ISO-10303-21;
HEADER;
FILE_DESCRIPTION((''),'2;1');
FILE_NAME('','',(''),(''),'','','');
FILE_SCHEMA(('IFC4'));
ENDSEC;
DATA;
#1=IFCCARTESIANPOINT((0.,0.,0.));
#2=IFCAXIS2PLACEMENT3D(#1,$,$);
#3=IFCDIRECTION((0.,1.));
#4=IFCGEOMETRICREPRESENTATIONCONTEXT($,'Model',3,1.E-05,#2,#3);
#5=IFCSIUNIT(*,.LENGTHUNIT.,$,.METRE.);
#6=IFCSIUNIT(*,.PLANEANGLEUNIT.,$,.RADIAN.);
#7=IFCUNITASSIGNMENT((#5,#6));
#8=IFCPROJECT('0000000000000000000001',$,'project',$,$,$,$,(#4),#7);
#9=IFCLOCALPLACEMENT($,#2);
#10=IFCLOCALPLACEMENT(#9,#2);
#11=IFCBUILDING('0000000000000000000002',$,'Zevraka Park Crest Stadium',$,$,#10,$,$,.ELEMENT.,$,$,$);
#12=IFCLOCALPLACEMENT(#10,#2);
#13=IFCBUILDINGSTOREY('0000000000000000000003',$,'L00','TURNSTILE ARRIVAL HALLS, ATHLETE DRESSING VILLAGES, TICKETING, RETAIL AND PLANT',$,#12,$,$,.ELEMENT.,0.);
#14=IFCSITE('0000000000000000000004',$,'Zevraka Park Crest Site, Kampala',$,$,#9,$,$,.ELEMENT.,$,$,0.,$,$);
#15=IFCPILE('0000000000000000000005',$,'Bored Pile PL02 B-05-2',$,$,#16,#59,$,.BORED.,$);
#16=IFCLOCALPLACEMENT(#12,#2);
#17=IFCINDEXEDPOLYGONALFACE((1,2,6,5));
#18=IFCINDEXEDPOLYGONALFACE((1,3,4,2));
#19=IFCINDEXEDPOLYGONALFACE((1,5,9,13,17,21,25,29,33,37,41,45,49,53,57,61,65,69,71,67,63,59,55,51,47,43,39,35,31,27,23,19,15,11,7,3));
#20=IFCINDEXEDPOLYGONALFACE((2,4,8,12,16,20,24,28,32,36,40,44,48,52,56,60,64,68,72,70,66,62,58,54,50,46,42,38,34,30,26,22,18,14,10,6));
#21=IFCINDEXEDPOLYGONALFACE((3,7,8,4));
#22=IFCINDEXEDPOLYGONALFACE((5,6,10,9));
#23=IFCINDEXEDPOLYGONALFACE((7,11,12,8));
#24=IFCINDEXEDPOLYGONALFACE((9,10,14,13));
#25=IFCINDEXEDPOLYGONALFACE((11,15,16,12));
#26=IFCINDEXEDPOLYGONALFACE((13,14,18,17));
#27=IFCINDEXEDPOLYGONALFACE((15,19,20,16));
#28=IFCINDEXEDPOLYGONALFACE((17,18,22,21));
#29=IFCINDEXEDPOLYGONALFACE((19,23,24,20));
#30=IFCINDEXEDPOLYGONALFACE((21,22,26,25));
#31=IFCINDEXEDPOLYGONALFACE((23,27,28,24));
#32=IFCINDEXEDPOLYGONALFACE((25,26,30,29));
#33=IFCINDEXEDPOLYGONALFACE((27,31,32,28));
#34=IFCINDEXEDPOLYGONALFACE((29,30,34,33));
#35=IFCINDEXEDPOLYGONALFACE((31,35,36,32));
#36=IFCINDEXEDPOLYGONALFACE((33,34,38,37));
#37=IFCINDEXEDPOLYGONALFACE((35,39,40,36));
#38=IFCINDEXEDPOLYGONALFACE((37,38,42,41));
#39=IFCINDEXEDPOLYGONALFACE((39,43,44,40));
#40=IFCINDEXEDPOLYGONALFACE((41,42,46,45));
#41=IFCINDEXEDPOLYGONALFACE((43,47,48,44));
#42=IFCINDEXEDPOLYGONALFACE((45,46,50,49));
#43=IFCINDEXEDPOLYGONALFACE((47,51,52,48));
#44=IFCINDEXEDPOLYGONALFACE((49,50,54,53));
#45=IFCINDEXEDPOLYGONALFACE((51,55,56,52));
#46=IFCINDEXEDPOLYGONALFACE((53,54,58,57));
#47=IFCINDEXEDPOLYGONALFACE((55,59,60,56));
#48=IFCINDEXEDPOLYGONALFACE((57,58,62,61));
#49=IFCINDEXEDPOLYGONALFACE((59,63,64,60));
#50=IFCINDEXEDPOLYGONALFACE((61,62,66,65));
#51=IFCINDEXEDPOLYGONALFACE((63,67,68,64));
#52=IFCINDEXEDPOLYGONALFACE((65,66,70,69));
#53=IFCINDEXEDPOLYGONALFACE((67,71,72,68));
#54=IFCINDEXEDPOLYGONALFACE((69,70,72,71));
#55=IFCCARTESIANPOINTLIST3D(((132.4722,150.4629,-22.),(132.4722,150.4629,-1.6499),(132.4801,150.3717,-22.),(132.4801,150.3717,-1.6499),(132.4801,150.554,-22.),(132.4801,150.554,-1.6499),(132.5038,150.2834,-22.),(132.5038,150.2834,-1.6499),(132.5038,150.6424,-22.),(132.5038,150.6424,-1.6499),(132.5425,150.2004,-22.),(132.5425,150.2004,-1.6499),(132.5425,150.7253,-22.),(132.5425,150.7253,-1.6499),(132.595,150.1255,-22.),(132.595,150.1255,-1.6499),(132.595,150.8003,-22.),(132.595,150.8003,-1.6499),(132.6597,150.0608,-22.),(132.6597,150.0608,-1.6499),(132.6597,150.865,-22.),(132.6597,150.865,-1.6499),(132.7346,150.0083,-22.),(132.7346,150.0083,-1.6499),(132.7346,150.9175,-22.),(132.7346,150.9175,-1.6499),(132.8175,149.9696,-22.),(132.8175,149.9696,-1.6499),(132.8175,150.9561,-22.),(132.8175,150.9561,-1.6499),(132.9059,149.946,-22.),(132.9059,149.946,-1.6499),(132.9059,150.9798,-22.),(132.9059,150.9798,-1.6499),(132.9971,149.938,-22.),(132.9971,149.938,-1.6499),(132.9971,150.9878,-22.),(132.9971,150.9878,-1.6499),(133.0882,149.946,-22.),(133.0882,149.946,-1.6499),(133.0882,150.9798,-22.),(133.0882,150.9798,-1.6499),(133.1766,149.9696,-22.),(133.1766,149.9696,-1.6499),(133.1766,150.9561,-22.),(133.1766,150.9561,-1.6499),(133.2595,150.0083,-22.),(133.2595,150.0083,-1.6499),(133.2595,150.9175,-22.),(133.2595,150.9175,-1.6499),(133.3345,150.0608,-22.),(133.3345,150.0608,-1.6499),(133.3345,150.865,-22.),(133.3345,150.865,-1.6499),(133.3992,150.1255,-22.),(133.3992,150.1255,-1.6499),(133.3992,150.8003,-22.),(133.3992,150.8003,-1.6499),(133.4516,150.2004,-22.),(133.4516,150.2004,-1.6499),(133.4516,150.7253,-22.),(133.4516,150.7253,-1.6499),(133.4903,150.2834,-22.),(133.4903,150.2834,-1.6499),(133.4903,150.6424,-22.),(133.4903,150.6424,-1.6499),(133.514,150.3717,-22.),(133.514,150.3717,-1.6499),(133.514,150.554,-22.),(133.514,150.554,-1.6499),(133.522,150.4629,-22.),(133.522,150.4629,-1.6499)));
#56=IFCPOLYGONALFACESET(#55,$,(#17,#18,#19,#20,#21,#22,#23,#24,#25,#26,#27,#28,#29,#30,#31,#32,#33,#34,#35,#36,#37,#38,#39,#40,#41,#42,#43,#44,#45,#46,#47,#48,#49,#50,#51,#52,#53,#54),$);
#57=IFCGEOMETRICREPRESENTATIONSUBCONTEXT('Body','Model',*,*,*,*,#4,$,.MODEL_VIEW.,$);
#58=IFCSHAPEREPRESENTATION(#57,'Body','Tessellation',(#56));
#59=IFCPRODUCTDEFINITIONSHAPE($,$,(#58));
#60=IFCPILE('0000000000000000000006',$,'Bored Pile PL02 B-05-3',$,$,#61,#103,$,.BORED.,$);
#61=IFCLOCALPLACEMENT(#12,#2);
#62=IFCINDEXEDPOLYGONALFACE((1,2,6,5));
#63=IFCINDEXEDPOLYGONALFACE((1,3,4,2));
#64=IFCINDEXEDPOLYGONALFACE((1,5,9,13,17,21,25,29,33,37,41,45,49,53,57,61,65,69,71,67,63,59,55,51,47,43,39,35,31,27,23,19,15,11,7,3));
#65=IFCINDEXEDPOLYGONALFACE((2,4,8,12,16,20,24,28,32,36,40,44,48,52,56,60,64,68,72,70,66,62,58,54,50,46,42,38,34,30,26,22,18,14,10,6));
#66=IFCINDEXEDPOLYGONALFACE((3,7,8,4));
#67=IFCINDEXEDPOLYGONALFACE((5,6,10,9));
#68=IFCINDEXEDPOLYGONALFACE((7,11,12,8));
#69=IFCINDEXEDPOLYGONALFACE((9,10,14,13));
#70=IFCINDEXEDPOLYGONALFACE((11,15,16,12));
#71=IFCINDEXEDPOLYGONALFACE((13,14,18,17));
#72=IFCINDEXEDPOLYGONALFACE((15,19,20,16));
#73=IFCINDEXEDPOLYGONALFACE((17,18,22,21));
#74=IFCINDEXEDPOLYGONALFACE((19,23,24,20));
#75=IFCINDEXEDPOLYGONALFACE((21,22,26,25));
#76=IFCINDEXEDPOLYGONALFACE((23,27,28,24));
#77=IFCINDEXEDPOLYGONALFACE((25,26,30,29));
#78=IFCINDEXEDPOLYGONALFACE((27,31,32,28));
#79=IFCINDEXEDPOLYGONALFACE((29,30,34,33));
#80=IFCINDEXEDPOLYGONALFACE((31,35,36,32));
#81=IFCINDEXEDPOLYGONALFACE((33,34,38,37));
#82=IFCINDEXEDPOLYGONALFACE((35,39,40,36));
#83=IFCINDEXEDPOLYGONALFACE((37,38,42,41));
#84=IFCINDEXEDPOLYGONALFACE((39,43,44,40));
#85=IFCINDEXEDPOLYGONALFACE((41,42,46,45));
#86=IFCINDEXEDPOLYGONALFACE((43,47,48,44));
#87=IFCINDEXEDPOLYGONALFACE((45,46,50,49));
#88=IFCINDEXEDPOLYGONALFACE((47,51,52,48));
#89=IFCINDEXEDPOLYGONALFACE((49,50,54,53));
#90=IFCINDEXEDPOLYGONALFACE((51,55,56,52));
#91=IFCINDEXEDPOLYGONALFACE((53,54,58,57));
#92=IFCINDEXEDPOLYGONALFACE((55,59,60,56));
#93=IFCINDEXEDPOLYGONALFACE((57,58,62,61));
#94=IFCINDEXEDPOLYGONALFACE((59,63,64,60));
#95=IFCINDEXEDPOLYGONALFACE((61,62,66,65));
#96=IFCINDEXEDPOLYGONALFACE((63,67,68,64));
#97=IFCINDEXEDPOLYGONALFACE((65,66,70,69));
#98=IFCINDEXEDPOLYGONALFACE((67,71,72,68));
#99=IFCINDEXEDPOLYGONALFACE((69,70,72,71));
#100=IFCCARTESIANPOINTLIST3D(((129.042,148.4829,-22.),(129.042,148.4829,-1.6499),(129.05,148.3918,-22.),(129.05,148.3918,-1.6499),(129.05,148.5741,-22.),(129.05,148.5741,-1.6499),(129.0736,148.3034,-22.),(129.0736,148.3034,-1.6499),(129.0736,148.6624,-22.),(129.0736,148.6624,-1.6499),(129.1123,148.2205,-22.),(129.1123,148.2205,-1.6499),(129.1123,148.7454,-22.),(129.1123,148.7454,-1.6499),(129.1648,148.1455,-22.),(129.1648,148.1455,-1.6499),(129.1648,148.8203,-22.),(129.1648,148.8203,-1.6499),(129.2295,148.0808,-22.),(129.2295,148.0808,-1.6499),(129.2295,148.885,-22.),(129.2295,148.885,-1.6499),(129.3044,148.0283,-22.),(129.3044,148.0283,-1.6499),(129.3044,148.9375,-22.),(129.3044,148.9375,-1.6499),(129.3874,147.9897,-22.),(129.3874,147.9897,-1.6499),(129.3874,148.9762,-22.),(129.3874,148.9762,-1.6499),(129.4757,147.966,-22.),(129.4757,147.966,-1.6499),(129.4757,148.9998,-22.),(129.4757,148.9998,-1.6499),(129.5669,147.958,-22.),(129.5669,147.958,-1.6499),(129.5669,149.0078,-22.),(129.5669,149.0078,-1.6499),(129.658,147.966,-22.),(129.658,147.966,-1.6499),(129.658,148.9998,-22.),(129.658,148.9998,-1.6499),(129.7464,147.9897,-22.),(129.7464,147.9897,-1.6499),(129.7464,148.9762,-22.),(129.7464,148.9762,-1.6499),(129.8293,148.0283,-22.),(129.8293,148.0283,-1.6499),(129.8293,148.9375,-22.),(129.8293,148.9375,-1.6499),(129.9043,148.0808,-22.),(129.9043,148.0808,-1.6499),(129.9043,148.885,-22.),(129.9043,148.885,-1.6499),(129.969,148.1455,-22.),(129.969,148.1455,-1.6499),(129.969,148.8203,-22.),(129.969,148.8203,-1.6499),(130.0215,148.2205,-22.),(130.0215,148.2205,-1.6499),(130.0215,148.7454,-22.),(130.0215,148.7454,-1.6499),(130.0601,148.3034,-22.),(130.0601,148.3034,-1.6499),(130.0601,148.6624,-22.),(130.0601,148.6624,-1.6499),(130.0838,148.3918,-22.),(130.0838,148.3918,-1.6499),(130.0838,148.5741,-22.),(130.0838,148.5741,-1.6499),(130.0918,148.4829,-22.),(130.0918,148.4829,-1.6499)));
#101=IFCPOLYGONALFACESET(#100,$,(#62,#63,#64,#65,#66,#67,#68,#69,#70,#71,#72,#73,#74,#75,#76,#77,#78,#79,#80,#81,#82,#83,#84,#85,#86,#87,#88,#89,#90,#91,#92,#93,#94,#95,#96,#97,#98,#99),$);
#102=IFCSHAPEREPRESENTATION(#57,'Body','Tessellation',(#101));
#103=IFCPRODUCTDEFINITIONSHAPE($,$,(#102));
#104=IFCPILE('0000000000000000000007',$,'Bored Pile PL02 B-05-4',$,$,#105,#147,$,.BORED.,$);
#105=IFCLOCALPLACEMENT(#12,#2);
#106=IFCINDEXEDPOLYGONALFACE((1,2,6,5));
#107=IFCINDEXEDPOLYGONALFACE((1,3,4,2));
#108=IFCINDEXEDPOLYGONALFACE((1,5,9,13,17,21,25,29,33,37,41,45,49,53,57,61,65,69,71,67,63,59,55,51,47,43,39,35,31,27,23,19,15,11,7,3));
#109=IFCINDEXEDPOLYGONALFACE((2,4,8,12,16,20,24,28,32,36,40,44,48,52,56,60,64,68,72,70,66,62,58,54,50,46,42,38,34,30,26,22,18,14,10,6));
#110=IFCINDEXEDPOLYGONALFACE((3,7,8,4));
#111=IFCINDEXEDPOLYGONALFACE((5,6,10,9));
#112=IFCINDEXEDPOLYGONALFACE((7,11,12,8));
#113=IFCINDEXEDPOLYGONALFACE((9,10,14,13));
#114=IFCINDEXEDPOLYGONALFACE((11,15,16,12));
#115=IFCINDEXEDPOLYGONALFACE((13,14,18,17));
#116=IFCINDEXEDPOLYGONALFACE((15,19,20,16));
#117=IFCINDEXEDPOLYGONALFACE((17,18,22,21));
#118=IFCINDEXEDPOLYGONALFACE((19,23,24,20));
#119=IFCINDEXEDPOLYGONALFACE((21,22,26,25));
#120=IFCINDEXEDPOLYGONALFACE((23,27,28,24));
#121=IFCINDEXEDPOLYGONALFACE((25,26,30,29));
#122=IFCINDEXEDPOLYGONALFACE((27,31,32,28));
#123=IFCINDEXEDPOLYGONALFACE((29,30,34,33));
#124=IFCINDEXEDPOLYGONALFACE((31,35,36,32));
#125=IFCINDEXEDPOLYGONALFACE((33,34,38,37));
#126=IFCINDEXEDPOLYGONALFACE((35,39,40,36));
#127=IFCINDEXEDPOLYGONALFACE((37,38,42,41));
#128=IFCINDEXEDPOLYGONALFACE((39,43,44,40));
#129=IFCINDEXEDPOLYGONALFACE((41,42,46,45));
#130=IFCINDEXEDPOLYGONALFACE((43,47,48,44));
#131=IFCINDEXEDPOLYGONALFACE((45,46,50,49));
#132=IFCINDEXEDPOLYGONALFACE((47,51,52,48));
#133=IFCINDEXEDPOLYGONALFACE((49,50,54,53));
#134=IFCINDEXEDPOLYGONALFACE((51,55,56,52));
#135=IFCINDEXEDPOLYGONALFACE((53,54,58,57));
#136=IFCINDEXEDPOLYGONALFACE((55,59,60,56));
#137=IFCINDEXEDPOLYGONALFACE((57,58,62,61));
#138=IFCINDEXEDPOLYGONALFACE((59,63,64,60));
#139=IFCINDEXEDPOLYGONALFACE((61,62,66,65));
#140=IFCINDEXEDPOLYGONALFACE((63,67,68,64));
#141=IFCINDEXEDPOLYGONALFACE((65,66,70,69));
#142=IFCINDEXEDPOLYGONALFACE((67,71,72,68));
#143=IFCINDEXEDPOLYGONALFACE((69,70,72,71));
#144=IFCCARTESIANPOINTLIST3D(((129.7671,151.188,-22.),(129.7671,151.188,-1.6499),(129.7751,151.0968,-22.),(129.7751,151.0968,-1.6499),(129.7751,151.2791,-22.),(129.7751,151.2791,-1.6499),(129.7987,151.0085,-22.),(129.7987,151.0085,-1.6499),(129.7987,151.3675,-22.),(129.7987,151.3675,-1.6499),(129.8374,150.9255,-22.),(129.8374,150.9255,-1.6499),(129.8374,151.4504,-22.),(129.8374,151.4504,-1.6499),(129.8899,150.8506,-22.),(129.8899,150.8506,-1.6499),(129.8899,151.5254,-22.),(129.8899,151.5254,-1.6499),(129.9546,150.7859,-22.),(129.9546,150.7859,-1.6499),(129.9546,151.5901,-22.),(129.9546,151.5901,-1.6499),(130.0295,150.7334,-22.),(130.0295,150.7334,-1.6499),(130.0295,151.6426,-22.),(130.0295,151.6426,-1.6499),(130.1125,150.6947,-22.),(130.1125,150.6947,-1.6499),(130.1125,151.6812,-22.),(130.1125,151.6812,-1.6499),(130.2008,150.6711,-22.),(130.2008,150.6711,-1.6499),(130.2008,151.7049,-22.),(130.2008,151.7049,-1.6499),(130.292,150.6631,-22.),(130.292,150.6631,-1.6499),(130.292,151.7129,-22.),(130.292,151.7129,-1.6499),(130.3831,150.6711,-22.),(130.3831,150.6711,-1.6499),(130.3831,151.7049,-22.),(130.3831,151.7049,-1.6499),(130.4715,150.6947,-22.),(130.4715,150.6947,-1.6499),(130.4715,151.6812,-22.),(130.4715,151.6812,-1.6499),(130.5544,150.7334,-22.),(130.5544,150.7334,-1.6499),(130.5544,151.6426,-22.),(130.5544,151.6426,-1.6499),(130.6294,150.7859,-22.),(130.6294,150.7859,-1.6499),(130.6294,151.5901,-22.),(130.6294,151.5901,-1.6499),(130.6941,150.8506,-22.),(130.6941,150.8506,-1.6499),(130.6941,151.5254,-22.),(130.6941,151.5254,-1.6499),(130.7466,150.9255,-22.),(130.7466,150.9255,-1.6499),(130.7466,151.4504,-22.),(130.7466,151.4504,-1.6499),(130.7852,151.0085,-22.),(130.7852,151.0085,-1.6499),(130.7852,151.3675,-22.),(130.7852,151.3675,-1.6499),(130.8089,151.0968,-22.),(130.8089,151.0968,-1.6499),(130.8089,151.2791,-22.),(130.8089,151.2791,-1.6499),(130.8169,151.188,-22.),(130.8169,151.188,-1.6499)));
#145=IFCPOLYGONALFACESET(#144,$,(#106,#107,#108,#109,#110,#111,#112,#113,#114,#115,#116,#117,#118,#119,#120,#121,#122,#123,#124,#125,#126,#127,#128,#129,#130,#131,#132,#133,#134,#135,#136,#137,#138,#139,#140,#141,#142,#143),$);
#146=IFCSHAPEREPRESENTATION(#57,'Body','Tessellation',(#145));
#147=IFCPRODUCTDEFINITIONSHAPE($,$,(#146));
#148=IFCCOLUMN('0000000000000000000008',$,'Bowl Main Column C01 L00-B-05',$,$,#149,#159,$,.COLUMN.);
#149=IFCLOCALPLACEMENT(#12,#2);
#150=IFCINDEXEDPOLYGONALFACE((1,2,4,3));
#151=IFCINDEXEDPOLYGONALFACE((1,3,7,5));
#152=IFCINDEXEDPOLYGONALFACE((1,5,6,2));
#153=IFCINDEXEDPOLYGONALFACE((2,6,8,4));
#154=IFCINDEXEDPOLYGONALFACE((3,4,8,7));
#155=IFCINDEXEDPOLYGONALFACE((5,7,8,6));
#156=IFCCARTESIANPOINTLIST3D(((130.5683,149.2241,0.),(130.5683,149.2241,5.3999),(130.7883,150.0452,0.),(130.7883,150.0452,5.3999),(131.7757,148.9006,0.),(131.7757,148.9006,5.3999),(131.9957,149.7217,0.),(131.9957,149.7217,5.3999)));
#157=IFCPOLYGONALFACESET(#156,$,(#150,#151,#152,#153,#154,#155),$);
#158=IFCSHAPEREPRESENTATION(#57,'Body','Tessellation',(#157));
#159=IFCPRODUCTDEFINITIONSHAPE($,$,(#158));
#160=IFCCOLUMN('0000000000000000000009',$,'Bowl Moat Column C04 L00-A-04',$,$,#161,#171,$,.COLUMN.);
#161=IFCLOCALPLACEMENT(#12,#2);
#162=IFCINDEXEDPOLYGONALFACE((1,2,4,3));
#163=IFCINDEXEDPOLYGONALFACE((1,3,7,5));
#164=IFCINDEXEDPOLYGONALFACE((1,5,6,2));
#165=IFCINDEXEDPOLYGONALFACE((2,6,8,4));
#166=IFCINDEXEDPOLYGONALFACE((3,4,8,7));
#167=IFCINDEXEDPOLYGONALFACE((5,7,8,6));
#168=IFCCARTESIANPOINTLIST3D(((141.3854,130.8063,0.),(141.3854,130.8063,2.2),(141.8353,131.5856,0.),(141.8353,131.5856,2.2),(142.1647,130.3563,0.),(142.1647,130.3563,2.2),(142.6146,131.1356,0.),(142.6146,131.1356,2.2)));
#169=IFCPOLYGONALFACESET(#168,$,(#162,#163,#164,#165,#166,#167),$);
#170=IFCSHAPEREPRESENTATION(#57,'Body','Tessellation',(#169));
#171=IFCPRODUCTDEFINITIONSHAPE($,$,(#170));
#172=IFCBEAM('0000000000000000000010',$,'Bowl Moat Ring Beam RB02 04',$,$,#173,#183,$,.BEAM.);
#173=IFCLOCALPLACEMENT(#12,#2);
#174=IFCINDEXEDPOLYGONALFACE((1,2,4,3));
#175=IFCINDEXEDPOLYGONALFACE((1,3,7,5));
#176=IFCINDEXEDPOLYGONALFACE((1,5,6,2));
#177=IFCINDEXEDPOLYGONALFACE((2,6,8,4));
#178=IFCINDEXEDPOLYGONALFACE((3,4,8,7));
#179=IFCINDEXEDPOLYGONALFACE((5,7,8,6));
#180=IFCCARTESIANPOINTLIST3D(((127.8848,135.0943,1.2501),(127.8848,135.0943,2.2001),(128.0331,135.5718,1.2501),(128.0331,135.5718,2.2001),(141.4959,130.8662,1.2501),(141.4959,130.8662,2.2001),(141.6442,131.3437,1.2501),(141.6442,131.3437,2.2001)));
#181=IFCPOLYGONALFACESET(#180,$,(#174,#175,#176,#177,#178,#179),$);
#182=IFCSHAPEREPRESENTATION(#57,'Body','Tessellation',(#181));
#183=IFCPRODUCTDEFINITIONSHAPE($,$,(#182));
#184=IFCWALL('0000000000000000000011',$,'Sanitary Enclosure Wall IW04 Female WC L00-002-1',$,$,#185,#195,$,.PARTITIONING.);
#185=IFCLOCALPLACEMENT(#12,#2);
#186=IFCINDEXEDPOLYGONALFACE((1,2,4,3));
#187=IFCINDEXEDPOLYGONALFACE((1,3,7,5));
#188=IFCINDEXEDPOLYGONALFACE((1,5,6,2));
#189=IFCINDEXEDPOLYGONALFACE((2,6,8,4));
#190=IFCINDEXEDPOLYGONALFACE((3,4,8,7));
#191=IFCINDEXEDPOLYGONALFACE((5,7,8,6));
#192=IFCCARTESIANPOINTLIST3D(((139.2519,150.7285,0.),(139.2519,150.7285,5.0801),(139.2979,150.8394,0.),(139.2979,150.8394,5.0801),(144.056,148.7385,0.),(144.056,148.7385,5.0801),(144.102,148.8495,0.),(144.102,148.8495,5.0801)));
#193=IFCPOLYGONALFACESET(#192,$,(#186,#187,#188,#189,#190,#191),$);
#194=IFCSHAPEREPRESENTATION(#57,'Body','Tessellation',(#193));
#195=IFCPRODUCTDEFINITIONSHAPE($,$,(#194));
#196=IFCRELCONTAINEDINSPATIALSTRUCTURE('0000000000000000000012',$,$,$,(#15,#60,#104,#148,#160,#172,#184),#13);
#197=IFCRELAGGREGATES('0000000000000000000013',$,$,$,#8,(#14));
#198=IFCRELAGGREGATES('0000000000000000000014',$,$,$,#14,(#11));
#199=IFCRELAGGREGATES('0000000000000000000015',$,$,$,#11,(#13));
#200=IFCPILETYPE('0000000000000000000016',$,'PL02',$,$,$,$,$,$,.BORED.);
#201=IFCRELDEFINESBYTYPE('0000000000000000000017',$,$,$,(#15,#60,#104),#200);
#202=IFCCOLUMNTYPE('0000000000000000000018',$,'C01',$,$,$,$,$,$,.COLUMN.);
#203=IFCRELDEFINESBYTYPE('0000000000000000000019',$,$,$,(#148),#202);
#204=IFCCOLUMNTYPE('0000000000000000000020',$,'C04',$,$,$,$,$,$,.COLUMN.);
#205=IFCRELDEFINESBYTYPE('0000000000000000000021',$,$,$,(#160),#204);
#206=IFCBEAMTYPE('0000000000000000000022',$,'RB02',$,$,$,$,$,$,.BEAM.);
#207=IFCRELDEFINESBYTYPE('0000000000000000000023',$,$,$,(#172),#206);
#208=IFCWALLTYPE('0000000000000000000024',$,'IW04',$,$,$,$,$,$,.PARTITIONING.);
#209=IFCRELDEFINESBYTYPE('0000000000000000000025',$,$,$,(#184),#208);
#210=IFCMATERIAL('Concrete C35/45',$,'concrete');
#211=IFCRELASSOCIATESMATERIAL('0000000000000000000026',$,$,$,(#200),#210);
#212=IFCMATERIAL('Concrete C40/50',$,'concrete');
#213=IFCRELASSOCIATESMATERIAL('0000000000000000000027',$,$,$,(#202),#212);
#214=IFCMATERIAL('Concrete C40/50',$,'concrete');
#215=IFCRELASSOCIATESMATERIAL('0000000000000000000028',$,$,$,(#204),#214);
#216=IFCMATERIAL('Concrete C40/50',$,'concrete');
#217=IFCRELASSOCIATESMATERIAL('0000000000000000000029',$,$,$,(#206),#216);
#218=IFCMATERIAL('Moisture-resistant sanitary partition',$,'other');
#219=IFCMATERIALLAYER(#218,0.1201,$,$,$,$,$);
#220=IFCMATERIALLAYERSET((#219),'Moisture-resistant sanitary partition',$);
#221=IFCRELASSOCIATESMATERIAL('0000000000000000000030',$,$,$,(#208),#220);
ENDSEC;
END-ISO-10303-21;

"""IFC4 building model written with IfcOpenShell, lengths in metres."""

from ifc_helpers import new_model, si_unit, direction, frame, frame_2d, origin, origin_2d, place, context, subcontext, project, spatial, rectangle, circle, extrude, material, layer, layer_set, material_profile, profile_set, type_object, element, save


model = new_model("IFC4")

# Units and contexts
model_context = context("Model", 3, precision=1e-05, world=origin(), true_north=direction((0.0, 1.0)))
body_context = subcontext(model_context, "Body", "Model", "MODEL_VIEW")
ifc_project = project(units=[si_unit("LENGTHUNIT", "METRE"), si_unit("PLANEANGLEUNIT", "RADIAN")], contexts=[model_context])

# Site, building, storey
site_placement = place(None, origin())
site = spatial("IfcSite", under=ifc_project, at=site_placement, Name="Zevraka Park Crest Site, Kampala", CompositionType="ELEMENT", RefElevation=0.0)
building_placement = place(site_placement, origin())
building = spatial("IfcBuilding", under=site, at=building_placement, Name="Zevraka Park Crest Stadium", CompositionType="ELEMENT")
storey_placement = place(building_placement, origin())
storey = spatial("IfcBuildingStorey", under=building, at=storey_placement, Name="L00", Description="TURNSTILE ARRIVAL HALLS, ATHLETE DRESSING VILLAGES, TICKETING, RETAIL AND PLANT", CompositionType="ELEMENT", Elevation=0.0)

# Piles
ifc_material_1 = material(Name="Concrete C35/45", Category="concrete")
ifc_material_profile_1 = material_profile(ifc_material_1, circle(Radius=0.5249, at=origin_2d()), Name="PILE D1050")
ifc_profile_set_1 = profile_set([ifc_material_profile_1], Name="Concrete C35/45")
pile_type_1 = type_object("IfcPileType", Name="PL02", PredefinedType="BORED", material=ifc_profile_set_1)
for number, where, z_axis, x_axis, name in (
    (1, (132.9971, 150.4629, -1.6499), (0.0, 0.0, -1.0), (1.0, 0.0, 0.0), "Bored Pile PL02 B-05-2"),
    (2, (129.5669, 148.4829, -1.6499), (0.0, 0.0, -1.0), (1.0, 0.0, 0.0), "Bored Pile PL02 B-05-3"),
    (3, (130.292, 151.188, -1.6499), (0.0, 0.0, -1.0), (1.0, 0.0, 0.0), "Bored Pile PL02 B-05-4"),
):
    element("IfcPile", number, at=place(storey_placement, frame(where, z_axis=z_axis, x_axis=x_axis)), inside=storey, type_object=pile_type_1, Name=name, PredefinedType="BORED", context=body_context, shape_type="SweptSolid", body=[
        extrude(circle(Radius=0.5249, at=origin_2d()), origin(), (0.0, 0.0, 1.0), 20.3501),
    ])

# Columns
ifc_material_2 = material(Name="Concrete C40/50", Category="concrete")
ifc_material_profile_2 = material_profile(ifc_material_2, rectangle(XDim=0.8501, YDim=1.25, at=origin_2d()), Name="RC 1250x850")
ifc_profile_set_2 = profile_set([ifc_material_profile_2], Name="Concrete C40/50")
column_type_1 = type_object("IfcColumnType", Name="C01", PredefinedType="COLUMN", material=ifc_profile_set_2)
column_1_placement = place(storey_placement, frame((131.282, 149.4729, 0.0), z_axis=(0.0, 0.0, 1.0), x_axis=(0.258819, 0.965926, 0.0)))
element("IfcColumn", 4, at=column_1_placement, inside=storey, type_object=column_type_1, Name="Bowl Main Column C01 L00-B-05", PredefinedType="COLUMN", context=body_context, shape_type="SweptSolid", body=[
    extrude(rectangle(XDim=0.8501, YDim=1.25, at=origin_2d()), origin(), (0.0, 0.0, 1.0), 5.3999),
])
ifc_material_3 = material(Name="Concrete C40/50", Category="concrete")
ifc_material_profile_3 = material_profile(ifc_material_3, rectangle(XDim=0.8999, YDim=0.8999, at=origin_2d()), Name="RC 900x900")
ifc_profile_set_3 = profile_set([ifc_material_profile_3], Name="Concrete C40/50")
column_type_2 = type_object("IfcColumnType", Name="C04", PredefinedType="COLUMN", material=ifc_profile_set_3)
column_2_placement = place(storey_placement, frame((142.0, 130.9709, 0.0), z_axis=(0.0, 0.0, 1.0), x_axis=(0.5, 0.866025, 0.0)))
element("IfcColumn", 5, at=column_2_placement, inside=storey, type_object=column_type_2, Name="Bowl Moat Column C04 L00-A-04", PredefinedType="COLUMN", context=body_context, shape_type="SweptSolid", body=[
    extrude(rectangle(XDim=0.8999, YDim=0.8999, at=origin_2d()), origin(), (0.0, 0.0, 1.0), 2.2),
])

# Beam
ifc_material_4 = material(Name="Concrete C40/50", Category="concrete")
ifc_material_profile_4 = material_profile(ifc_material_4, rectangle(XDim=0.5, YDim=0.95, at=origin_2d()), Name="RC 950x500")
ifc_profile_set_4 = profile_set([ifc_material_profile_4], Name="Concrete C40/50")
beam_type = type_object("IfcBeamType", Name="RB02", PredefinedType="BEAM", material=ifc_profile_set_4)
beam_placement = place(storey_placement, frame((141.5701, 131.105, 1.7251), z_axis=(-0.954987, 0.296649, 0.0), x_axis=(-0.296649, -0.954987, 0.0)))
element("IfcBeam", 6, at=beam_placement, inside=storey, type_object=beam_type, Name="Bowl Moat Ring Beam RB02 04", PredefinedType="BEAM", context=body_context, shape_type="SweptSolid", body=[
    extrude(rectangle(XDim=0.5, YDim=0.95, at=origin_2d()), origin(), (0.0, 0.0, 1.0), 14.2527),
])

# Wall
ifc_material_5 = material(Name="Moisture-resistant sanitary partition", Category="other")
ifc_layer = layer(ifc_material_5, 0.1201)
ifc_layer_set = layer_set([ifc_layer], Name="Moisture-resistant sanitary partition")
wall_type = type_object("IfcWallType", Name="IW04", PredefinedType="PARTITIONING", material=ifc_layer_set)
wall_1_placement = place(storey_placement, frame((144.0791, 148.7939, 0.0), z_axis=(0.0, 0.0, 1.0), x_axis=(-0.923878, 0.382688, 0.0)))
element("IfcWall", 7, at=wall_1_placement, inside=storey, type_object=wall_type, Name="Sanitary Enclosure Wall IW04 Female WC L00-002-1", PredefinedType="PARTITIONING", context=body_context, shape_type="SweptSolid", body=[
    extrude(rectangle(XDim=5.2, YDim=0.1201, at=frame_2d((2.6001, 0.0))), origin(), (0.0, 0.0, 1.0), 5.0801),
])

save(model, "model.ifc")
